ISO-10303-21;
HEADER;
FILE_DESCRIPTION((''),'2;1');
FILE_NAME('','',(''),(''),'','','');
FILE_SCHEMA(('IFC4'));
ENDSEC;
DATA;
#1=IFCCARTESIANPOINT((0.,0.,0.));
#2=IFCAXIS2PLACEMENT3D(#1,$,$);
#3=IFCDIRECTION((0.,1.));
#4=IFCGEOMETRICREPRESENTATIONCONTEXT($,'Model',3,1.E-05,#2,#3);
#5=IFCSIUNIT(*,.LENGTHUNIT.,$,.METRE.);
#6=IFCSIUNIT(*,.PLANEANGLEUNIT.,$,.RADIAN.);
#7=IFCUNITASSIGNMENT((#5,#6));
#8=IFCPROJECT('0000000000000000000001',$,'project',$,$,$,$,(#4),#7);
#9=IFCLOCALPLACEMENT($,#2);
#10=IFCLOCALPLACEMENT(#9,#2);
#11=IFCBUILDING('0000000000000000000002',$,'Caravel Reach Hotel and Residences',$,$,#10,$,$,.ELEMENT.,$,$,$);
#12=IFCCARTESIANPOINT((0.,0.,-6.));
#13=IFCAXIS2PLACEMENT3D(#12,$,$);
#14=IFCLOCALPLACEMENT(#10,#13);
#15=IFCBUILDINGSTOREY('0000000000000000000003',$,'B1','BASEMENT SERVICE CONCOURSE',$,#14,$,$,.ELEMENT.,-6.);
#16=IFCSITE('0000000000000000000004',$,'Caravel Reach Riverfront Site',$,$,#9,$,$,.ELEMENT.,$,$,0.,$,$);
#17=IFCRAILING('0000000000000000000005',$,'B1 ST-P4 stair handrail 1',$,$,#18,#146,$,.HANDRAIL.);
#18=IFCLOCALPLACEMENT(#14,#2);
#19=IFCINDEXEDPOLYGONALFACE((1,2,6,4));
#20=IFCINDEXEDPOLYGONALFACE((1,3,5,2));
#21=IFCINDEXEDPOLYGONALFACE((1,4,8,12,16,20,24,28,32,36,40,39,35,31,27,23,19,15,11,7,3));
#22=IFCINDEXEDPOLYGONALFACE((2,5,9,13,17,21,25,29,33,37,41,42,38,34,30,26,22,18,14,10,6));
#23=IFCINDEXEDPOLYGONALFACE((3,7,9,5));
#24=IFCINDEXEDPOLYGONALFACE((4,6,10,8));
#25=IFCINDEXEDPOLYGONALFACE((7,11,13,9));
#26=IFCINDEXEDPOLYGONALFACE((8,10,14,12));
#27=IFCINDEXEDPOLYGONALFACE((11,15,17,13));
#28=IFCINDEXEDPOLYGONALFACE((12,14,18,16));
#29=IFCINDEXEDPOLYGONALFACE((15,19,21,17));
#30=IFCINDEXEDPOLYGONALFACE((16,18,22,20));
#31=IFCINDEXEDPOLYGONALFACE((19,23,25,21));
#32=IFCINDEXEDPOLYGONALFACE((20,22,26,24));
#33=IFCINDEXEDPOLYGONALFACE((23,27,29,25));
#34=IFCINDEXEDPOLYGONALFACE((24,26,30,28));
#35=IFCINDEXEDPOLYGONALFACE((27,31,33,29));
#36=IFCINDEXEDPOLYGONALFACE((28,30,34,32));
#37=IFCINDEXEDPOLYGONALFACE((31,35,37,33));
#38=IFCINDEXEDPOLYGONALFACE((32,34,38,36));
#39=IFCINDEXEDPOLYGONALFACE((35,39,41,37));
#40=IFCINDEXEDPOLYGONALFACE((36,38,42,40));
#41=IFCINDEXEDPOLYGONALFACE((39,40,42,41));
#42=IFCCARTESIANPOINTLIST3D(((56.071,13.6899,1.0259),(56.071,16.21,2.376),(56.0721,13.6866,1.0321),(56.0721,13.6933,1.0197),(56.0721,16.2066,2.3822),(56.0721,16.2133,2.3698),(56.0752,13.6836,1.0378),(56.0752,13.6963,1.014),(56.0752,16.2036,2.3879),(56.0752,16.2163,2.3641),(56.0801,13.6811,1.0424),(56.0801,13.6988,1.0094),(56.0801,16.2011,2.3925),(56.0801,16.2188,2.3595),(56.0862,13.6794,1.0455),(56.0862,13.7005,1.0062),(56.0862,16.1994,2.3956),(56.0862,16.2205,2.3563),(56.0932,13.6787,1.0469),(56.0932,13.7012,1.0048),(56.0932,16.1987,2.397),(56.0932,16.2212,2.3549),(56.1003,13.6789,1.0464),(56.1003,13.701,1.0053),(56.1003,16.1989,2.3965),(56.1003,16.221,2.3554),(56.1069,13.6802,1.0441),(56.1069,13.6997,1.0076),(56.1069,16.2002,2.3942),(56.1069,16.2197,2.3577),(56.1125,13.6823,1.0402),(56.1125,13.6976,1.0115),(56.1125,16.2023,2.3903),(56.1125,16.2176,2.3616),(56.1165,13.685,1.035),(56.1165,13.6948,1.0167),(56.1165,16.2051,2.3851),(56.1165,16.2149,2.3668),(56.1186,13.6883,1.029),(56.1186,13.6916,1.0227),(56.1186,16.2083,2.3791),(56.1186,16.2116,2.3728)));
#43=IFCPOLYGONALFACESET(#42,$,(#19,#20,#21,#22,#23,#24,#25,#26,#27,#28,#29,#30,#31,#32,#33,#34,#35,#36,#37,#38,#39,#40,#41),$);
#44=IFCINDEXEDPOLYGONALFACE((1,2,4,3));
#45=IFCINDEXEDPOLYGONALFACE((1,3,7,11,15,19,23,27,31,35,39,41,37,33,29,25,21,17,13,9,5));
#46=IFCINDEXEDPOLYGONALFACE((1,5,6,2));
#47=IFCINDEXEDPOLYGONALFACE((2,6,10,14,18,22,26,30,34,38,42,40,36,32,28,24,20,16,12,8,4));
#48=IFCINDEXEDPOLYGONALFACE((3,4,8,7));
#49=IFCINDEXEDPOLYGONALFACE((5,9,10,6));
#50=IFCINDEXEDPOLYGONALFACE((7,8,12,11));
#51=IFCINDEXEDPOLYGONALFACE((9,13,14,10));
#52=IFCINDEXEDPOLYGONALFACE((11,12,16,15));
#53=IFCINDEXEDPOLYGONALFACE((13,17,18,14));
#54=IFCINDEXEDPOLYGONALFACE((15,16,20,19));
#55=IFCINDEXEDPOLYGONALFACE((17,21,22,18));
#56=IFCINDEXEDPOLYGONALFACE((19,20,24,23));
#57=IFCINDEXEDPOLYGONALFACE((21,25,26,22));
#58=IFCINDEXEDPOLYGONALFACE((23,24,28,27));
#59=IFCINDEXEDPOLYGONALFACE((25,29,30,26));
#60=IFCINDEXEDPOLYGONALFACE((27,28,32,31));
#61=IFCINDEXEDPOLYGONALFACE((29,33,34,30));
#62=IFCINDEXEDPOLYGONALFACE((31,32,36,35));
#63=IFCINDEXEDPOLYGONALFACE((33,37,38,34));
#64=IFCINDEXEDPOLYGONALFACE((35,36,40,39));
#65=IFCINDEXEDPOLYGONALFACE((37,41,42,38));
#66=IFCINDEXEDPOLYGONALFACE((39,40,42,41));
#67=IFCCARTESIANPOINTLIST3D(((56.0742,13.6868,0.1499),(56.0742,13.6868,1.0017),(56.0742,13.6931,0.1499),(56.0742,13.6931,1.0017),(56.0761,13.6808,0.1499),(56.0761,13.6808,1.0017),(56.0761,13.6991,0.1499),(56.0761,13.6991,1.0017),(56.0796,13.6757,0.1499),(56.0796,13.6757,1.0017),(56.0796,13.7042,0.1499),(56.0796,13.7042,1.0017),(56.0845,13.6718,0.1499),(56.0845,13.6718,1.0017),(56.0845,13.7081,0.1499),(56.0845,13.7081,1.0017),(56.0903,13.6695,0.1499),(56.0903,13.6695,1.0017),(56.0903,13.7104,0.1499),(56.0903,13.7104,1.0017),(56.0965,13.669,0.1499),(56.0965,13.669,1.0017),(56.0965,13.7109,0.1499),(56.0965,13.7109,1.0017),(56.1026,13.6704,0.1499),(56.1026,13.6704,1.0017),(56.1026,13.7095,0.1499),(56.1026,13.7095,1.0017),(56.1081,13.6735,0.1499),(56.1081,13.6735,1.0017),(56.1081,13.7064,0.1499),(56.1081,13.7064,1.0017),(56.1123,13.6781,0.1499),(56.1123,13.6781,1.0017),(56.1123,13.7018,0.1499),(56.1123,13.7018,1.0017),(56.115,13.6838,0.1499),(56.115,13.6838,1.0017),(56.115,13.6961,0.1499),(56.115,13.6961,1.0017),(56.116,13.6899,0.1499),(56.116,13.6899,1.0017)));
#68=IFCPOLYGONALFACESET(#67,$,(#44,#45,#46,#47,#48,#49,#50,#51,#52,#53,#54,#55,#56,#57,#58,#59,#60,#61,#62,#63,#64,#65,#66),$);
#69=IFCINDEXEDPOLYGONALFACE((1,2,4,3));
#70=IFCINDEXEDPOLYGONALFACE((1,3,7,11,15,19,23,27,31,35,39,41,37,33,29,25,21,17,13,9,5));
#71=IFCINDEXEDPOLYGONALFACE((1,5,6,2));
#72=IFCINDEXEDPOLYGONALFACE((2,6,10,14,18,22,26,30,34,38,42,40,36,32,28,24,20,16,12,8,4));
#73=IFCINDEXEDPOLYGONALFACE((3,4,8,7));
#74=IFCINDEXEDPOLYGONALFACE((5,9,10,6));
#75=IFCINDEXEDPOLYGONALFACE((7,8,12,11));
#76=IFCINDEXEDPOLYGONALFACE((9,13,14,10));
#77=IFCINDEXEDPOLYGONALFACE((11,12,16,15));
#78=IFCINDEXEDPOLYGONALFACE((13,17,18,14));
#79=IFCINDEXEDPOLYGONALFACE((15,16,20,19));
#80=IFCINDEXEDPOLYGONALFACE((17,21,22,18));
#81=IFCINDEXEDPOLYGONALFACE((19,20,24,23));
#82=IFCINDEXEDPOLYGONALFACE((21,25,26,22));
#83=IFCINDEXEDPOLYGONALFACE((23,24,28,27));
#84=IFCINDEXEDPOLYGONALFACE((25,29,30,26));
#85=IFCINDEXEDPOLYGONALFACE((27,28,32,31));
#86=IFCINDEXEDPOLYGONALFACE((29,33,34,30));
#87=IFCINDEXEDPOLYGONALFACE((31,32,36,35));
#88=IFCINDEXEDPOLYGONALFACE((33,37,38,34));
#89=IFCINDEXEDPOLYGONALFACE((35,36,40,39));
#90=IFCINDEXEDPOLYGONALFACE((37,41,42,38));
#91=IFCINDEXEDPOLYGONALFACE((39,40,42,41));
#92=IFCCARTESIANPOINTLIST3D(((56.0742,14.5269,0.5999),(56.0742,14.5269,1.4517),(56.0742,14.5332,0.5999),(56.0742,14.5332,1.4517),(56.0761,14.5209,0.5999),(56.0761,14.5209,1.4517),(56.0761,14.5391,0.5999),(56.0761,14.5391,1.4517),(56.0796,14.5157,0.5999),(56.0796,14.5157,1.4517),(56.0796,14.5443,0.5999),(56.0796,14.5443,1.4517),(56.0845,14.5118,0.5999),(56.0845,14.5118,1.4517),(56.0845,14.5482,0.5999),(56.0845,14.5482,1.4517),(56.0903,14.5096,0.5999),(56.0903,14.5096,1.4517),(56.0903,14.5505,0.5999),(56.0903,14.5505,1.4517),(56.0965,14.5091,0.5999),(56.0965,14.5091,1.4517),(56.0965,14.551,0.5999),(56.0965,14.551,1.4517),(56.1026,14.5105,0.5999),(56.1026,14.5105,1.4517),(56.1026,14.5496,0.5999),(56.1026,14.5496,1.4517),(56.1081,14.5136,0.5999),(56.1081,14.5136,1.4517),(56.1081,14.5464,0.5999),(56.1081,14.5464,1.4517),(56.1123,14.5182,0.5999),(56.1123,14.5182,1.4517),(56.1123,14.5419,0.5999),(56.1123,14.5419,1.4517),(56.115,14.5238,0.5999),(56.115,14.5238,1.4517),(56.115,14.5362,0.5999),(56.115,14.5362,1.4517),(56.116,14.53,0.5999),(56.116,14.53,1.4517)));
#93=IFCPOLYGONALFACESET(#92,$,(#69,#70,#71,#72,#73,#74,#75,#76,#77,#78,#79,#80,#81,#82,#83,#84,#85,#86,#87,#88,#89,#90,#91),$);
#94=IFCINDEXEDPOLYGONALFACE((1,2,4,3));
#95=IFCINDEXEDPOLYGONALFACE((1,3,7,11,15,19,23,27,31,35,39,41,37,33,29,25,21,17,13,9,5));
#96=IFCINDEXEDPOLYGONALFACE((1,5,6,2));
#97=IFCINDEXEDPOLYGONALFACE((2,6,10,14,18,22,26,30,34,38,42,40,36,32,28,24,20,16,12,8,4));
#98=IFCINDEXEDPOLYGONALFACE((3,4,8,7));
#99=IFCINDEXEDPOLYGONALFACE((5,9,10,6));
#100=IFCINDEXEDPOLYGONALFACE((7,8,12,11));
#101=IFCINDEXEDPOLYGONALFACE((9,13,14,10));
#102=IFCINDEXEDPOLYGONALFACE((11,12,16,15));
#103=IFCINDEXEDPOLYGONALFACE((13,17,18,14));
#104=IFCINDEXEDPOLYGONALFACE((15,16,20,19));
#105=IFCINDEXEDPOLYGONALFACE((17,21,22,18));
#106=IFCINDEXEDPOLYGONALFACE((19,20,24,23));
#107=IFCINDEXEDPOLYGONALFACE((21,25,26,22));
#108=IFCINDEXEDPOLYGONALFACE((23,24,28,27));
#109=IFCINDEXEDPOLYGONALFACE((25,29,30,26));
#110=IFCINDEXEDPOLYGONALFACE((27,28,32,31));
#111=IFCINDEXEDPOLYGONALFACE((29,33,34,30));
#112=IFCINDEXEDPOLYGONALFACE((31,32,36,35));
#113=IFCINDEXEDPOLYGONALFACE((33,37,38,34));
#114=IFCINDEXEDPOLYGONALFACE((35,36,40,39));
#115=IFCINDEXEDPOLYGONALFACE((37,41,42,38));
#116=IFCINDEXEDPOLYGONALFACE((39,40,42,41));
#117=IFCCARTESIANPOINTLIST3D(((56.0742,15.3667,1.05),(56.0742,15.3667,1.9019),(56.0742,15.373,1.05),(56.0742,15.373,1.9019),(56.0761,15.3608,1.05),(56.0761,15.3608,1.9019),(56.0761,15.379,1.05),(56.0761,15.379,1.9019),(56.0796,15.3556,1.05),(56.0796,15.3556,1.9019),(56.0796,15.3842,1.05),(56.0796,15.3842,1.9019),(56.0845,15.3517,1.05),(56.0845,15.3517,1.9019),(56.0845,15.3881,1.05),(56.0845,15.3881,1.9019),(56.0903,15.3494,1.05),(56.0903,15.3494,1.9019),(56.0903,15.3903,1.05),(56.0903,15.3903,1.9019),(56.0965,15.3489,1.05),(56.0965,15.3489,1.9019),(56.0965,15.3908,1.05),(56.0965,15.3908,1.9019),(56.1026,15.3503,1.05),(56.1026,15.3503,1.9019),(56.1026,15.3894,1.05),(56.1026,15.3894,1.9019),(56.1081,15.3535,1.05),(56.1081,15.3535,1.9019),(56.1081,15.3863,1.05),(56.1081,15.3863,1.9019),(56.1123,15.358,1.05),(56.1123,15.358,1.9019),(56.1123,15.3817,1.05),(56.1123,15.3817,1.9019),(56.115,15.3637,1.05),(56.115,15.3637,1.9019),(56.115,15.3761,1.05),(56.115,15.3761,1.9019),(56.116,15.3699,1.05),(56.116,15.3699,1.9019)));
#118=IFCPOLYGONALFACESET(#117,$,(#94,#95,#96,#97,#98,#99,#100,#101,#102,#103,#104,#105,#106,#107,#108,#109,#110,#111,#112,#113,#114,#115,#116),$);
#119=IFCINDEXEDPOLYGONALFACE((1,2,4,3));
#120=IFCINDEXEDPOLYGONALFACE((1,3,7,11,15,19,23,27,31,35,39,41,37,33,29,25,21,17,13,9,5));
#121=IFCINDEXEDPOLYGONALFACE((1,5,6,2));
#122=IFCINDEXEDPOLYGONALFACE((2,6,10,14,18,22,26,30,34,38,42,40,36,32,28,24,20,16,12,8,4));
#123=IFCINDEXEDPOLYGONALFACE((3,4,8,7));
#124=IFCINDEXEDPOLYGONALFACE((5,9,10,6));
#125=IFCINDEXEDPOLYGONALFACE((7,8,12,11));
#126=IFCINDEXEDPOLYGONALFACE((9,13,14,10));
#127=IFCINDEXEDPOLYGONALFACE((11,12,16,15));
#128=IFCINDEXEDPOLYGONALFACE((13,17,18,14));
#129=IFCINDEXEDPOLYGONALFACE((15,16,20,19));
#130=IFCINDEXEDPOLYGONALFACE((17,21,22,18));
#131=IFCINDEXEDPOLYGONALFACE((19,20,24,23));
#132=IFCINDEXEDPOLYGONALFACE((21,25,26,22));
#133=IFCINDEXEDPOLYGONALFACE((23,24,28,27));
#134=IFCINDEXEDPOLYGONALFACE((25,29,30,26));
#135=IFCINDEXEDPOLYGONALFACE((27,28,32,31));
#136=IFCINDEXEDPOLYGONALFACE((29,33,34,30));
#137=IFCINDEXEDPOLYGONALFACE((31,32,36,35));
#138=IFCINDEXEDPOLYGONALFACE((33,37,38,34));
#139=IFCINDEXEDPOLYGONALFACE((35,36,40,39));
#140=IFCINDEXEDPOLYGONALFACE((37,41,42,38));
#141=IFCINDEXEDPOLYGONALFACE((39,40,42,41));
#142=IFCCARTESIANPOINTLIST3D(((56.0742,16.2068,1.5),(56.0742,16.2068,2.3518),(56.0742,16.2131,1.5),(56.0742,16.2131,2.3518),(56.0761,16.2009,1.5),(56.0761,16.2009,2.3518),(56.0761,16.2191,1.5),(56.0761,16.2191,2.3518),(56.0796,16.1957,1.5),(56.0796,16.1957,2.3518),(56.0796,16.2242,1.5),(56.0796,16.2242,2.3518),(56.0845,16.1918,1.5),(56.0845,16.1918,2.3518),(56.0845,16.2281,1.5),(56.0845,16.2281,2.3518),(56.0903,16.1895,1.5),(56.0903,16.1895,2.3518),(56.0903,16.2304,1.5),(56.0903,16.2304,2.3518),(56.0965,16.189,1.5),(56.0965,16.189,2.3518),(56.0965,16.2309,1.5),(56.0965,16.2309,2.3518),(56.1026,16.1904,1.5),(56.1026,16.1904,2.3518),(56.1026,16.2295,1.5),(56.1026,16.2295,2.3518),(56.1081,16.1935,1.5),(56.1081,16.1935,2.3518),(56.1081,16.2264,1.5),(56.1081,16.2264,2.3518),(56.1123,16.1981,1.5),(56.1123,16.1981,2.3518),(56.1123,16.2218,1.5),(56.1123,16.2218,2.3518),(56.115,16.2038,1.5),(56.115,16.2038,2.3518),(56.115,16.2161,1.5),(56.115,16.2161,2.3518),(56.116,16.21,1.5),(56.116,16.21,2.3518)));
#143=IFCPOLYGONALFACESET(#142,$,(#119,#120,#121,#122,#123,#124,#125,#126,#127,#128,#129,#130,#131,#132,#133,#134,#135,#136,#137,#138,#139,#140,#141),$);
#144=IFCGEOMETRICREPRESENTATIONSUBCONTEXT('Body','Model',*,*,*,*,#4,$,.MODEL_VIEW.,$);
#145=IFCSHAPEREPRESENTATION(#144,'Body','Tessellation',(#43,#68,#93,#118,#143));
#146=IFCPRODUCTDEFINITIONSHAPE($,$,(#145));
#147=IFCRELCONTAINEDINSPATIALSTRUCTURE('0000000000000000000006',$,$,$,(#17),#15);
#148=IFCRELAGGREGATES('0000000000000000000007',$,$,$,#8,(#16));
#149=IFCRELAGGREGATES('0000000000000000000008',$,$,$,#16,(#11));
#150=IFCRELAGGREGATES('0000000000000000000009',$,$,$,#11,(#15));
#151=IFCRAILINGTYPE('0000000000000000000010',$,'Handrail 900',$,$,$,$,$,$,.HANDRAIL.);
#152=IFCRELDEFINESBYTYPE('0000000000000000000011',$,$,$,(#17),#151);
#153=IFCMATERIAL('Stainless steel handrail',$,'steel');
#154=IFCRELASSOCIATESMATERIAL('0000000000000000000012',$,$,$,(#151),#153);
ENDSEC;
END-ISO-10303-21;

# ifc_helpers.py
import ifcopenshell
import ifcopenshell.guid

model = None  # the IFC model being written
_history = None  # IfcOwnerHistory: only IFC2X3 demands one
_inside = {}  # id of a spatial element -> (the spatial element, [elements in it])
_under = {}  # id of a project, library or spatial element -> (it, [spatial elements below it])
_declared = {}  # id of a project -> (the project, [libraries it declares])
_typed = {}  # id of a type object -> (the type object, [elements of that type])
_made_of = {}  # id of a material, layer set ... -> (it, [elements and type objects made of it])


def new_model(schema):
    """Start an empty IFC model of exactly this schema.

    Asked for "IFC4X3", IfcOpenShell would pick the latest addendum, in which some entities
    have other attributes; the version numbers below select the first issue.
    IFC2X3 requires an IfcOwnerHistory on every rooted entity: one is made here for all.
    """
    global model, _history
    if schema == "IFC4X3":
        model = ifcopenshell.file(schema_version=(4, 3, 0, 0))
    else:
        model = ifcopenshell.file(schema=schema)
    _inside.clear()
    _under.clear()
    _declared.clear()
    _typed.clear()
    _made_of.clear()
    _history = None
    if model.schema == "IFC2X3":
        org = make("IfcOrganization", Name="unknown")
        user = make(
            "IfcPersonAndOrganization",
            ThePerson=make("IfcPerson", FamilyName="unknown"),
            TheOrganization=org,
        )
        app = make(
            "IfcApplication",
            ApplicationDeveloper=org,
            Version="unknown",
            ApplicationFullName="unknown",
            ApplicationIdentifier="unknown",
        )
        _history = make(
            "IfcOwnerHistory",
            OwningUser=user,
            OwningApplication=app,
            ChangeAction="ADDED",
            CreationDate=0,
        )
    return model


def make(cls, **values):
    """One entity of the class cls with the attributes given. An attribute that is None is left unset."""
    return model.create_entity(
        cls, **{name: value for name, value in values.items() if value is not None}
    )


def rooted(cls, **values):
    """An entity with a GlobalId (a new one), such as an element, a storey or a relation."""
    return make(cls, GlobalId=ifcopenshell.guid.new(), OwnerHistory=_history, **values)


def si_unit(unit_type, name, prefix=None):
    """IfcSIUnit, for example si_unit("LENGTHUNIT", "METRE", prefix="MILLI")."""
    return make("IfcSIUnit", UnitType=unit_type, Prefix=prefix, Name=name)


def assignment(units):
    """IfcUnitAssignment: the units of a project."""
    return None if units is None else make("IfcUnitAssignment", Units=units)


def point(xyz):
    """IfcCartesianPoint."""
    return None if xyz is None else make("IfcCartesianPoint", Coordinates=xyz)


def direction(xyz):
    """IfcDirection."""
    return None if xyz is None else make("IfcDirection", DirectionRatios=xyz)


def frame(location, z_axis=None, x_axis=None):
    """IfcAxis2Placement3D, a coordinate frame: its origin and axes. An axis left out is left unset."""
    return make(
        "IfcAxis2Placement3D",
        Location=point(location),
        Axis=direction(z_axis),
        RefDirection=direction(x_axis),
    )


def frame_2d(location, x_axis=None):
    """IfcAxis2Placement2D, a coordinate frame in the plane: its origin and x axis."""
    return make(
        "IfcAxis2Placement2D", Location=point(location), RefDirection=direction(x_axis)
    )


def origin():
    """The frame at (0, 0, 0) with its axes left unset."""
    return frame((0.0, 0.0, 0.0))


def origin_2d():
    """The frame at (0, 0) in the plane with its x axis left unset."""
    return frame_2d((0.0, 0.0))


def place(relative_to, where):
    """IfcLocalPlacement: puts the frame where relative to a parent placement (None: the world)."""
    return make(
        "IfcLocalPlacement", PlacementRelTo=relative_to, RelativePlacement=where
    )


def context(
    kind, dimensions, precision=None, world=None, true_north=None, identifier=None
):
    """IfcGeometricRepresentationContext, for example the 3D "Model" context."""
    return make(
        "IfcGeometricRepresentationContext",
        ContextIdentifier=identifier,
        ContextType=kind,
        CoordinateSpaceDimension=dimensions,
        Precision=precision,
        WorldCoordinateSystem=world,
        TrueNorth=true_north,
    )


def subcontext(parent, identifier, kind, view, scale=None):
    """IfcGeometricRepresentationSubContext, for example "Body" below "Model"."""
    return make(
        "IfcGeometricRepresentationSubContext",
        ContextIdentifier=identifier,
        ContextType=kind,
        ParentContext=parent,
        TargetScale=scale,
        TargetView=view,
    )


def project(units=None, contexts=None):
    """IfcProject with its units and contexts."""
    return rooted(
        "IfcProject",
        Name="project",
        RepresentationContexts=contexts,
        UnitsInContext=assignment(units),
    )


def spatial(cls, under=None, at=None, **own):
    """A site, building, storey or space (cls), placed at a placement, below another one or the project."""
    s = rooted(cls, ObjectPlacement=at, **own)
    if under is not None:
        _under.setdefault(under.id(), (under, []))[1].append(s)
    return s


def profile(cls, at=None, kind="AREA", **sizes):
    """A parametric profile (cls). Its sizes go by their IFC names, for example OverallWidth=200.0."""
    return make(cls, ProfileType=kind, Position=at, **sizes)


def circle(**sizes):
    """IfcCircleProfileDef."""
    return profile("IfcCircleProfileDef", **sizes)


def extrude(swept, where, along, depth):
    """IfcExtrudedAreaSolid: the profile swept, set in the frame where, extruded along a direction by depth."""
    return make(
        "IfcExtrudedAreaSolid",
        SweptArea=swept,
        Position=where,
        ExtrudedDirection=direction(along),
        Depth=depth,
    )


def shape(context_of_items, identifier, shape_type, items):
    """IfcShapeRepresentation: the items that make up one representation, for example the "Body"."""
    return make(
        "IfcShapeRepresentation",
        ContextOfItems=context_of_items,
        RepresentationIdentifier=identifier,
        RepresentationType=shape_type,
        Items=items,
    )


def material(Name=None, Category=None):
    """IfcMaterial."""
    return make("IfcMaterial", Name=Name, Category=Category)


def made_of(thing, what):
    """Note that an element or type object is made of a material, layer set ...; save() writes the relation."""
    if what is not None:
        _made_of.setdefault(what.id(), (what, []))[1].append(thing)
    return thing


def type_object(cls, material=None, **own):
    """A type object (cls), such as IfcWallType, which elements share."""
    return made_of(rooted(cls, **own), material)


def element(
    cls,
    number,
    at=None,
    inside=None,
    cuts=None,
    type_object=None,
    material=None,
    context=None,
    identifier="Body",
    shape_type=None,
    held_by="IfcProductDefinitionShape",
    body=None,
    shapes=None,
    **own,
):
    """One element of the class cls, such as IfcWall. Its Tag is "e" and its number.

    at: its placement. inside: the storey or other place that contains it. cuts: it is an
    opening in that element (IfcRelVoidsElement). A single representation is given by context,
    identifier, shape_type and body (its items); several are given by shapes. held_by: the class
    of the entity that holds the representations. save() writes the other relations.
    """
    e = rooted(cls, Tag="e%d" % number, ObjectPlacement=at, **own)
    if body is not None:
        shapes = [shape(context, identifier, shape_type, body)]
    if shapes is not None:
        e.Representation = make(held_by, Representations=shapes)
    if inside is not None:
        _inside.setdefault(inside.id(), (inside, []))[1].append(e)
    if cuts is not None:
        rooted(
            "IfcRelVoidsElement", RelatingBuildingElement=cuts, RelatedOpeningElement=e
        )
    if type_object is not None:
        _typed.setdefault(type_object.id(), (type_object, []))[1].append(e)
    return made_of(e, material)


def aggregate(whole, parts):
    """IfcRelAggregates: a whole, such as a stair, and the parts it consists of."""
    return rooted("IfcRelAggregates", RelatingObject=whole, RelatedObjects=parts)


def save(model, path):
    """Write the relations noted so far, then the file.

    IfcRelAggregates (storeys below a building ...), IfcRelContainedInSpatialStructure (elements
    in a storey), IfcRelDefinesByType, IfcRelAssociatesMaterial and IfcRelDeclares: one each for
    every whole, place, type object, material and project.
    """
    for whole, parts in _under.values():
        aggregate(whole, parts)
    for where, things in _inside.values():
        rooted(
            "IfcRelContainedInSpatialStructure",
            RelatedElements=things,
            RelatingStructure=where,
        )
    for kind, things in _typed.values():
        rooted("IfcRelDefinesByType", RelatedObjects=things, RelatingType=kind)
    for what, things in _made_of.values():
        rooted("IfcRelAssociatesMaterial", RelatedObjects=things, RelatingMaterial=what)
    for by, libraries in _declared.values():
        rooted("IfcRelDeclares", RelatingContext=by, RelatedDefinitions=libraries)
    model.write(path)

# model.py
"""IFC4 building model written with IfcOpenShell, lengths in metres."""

from ifc_helpers import new_model, si_unit, direction, frame, origin, origin_2d, place, context, subcontext, project, spatial, circle, extrude, material, type_object, element, save


model = new_model("IFC4")

# Units and contexts
model_context = context("Model", 3, precision=1e-05, world=origin(), true_north=direction((0.0, 1.0)))
body_context = subcontext(model_context, "Body", "Model", "MODEL_VIEW")
ifc_project = project(units=[si_unit("LENGTHUNIT", "METRE"), si_unit("PLANEANGLEUNIT", "RADIAN")], contexts=[model_context])

# Site, building, storey
site_placement = place(None, origin())
site = spatial("IfcSite", under=ifc_project, at=site_placement, Name="Caravel Reach Riverfront Site", CompositionType="ELEMENT", RefElevation=0.0)
building_placement = place(site_placement, origin())
building = spatial("IfcBuilding", under=site, at=building_placement, Name="Caravel Reach Hotel and Residences", CompositionType="ELEMENT")
storey_placement = place(building_placement, frame((0.0, 0.0, -6.0)))
storey = spatial("IfcBuildingStorey", under=building, at=storey_placement, Name="B1", Description="BASEMENT SERVICE CONCOURSE", CompositionType="ELEMENT", Elevation=-6.0)

# Railing
ifc_material_1 = material(Name="Stainless steel handrail", Category="steel")
railing_type_1 = type_object("IfcRailingType", Name="Handrail 900", PredefinedType="HANDRAIL", material=ifc_material_1)
railing_1_placement = place(storey_placement, frame((56.095, 13.6899, 0.1499)))
element("IfcRailing", 1, at=railing_1_placement, inside=storey, type_object=railing_type_1, Name="B1 ST-P4 stair handrail 1", PredefinedType="HANDRAIL", context=body_context, shape_type="SweptSolid", body=[
    extrude(circle(Radius=0.0239, at=origin_2d()), frame((0.0, 0.0, 0.876), z_axis=(0.0, 0.881467, 0.472245), x_axis=(-1.0, 0.0, 0.0)), (0.0, 0.0, 1.0), 2.8589),
    extrude(circle(Radius=0.021, at=origin_2d()), origin(), (0.0, 0.0, 1.0), 0.8518),
    extrude(circle(Radius=0.021, at=origin_2d()), frame((0.0, 0.8401, 0.45)), (0.0, 0.0, 1.0), 0.8518),
    extrude(circle(Radius=0.021, at=origin_2d()), frame((0.0, 1.6799, 0.9001)), (0.0, 0.0, 1.0), 0.8518),
    extrude(circle(Radius=0.021, at=origin_2d()), frame((0.0, 2.52, 1.3501)), (0.0, 0.0, 1.0), 0.8518),
])

save(model, "model.ifc")
